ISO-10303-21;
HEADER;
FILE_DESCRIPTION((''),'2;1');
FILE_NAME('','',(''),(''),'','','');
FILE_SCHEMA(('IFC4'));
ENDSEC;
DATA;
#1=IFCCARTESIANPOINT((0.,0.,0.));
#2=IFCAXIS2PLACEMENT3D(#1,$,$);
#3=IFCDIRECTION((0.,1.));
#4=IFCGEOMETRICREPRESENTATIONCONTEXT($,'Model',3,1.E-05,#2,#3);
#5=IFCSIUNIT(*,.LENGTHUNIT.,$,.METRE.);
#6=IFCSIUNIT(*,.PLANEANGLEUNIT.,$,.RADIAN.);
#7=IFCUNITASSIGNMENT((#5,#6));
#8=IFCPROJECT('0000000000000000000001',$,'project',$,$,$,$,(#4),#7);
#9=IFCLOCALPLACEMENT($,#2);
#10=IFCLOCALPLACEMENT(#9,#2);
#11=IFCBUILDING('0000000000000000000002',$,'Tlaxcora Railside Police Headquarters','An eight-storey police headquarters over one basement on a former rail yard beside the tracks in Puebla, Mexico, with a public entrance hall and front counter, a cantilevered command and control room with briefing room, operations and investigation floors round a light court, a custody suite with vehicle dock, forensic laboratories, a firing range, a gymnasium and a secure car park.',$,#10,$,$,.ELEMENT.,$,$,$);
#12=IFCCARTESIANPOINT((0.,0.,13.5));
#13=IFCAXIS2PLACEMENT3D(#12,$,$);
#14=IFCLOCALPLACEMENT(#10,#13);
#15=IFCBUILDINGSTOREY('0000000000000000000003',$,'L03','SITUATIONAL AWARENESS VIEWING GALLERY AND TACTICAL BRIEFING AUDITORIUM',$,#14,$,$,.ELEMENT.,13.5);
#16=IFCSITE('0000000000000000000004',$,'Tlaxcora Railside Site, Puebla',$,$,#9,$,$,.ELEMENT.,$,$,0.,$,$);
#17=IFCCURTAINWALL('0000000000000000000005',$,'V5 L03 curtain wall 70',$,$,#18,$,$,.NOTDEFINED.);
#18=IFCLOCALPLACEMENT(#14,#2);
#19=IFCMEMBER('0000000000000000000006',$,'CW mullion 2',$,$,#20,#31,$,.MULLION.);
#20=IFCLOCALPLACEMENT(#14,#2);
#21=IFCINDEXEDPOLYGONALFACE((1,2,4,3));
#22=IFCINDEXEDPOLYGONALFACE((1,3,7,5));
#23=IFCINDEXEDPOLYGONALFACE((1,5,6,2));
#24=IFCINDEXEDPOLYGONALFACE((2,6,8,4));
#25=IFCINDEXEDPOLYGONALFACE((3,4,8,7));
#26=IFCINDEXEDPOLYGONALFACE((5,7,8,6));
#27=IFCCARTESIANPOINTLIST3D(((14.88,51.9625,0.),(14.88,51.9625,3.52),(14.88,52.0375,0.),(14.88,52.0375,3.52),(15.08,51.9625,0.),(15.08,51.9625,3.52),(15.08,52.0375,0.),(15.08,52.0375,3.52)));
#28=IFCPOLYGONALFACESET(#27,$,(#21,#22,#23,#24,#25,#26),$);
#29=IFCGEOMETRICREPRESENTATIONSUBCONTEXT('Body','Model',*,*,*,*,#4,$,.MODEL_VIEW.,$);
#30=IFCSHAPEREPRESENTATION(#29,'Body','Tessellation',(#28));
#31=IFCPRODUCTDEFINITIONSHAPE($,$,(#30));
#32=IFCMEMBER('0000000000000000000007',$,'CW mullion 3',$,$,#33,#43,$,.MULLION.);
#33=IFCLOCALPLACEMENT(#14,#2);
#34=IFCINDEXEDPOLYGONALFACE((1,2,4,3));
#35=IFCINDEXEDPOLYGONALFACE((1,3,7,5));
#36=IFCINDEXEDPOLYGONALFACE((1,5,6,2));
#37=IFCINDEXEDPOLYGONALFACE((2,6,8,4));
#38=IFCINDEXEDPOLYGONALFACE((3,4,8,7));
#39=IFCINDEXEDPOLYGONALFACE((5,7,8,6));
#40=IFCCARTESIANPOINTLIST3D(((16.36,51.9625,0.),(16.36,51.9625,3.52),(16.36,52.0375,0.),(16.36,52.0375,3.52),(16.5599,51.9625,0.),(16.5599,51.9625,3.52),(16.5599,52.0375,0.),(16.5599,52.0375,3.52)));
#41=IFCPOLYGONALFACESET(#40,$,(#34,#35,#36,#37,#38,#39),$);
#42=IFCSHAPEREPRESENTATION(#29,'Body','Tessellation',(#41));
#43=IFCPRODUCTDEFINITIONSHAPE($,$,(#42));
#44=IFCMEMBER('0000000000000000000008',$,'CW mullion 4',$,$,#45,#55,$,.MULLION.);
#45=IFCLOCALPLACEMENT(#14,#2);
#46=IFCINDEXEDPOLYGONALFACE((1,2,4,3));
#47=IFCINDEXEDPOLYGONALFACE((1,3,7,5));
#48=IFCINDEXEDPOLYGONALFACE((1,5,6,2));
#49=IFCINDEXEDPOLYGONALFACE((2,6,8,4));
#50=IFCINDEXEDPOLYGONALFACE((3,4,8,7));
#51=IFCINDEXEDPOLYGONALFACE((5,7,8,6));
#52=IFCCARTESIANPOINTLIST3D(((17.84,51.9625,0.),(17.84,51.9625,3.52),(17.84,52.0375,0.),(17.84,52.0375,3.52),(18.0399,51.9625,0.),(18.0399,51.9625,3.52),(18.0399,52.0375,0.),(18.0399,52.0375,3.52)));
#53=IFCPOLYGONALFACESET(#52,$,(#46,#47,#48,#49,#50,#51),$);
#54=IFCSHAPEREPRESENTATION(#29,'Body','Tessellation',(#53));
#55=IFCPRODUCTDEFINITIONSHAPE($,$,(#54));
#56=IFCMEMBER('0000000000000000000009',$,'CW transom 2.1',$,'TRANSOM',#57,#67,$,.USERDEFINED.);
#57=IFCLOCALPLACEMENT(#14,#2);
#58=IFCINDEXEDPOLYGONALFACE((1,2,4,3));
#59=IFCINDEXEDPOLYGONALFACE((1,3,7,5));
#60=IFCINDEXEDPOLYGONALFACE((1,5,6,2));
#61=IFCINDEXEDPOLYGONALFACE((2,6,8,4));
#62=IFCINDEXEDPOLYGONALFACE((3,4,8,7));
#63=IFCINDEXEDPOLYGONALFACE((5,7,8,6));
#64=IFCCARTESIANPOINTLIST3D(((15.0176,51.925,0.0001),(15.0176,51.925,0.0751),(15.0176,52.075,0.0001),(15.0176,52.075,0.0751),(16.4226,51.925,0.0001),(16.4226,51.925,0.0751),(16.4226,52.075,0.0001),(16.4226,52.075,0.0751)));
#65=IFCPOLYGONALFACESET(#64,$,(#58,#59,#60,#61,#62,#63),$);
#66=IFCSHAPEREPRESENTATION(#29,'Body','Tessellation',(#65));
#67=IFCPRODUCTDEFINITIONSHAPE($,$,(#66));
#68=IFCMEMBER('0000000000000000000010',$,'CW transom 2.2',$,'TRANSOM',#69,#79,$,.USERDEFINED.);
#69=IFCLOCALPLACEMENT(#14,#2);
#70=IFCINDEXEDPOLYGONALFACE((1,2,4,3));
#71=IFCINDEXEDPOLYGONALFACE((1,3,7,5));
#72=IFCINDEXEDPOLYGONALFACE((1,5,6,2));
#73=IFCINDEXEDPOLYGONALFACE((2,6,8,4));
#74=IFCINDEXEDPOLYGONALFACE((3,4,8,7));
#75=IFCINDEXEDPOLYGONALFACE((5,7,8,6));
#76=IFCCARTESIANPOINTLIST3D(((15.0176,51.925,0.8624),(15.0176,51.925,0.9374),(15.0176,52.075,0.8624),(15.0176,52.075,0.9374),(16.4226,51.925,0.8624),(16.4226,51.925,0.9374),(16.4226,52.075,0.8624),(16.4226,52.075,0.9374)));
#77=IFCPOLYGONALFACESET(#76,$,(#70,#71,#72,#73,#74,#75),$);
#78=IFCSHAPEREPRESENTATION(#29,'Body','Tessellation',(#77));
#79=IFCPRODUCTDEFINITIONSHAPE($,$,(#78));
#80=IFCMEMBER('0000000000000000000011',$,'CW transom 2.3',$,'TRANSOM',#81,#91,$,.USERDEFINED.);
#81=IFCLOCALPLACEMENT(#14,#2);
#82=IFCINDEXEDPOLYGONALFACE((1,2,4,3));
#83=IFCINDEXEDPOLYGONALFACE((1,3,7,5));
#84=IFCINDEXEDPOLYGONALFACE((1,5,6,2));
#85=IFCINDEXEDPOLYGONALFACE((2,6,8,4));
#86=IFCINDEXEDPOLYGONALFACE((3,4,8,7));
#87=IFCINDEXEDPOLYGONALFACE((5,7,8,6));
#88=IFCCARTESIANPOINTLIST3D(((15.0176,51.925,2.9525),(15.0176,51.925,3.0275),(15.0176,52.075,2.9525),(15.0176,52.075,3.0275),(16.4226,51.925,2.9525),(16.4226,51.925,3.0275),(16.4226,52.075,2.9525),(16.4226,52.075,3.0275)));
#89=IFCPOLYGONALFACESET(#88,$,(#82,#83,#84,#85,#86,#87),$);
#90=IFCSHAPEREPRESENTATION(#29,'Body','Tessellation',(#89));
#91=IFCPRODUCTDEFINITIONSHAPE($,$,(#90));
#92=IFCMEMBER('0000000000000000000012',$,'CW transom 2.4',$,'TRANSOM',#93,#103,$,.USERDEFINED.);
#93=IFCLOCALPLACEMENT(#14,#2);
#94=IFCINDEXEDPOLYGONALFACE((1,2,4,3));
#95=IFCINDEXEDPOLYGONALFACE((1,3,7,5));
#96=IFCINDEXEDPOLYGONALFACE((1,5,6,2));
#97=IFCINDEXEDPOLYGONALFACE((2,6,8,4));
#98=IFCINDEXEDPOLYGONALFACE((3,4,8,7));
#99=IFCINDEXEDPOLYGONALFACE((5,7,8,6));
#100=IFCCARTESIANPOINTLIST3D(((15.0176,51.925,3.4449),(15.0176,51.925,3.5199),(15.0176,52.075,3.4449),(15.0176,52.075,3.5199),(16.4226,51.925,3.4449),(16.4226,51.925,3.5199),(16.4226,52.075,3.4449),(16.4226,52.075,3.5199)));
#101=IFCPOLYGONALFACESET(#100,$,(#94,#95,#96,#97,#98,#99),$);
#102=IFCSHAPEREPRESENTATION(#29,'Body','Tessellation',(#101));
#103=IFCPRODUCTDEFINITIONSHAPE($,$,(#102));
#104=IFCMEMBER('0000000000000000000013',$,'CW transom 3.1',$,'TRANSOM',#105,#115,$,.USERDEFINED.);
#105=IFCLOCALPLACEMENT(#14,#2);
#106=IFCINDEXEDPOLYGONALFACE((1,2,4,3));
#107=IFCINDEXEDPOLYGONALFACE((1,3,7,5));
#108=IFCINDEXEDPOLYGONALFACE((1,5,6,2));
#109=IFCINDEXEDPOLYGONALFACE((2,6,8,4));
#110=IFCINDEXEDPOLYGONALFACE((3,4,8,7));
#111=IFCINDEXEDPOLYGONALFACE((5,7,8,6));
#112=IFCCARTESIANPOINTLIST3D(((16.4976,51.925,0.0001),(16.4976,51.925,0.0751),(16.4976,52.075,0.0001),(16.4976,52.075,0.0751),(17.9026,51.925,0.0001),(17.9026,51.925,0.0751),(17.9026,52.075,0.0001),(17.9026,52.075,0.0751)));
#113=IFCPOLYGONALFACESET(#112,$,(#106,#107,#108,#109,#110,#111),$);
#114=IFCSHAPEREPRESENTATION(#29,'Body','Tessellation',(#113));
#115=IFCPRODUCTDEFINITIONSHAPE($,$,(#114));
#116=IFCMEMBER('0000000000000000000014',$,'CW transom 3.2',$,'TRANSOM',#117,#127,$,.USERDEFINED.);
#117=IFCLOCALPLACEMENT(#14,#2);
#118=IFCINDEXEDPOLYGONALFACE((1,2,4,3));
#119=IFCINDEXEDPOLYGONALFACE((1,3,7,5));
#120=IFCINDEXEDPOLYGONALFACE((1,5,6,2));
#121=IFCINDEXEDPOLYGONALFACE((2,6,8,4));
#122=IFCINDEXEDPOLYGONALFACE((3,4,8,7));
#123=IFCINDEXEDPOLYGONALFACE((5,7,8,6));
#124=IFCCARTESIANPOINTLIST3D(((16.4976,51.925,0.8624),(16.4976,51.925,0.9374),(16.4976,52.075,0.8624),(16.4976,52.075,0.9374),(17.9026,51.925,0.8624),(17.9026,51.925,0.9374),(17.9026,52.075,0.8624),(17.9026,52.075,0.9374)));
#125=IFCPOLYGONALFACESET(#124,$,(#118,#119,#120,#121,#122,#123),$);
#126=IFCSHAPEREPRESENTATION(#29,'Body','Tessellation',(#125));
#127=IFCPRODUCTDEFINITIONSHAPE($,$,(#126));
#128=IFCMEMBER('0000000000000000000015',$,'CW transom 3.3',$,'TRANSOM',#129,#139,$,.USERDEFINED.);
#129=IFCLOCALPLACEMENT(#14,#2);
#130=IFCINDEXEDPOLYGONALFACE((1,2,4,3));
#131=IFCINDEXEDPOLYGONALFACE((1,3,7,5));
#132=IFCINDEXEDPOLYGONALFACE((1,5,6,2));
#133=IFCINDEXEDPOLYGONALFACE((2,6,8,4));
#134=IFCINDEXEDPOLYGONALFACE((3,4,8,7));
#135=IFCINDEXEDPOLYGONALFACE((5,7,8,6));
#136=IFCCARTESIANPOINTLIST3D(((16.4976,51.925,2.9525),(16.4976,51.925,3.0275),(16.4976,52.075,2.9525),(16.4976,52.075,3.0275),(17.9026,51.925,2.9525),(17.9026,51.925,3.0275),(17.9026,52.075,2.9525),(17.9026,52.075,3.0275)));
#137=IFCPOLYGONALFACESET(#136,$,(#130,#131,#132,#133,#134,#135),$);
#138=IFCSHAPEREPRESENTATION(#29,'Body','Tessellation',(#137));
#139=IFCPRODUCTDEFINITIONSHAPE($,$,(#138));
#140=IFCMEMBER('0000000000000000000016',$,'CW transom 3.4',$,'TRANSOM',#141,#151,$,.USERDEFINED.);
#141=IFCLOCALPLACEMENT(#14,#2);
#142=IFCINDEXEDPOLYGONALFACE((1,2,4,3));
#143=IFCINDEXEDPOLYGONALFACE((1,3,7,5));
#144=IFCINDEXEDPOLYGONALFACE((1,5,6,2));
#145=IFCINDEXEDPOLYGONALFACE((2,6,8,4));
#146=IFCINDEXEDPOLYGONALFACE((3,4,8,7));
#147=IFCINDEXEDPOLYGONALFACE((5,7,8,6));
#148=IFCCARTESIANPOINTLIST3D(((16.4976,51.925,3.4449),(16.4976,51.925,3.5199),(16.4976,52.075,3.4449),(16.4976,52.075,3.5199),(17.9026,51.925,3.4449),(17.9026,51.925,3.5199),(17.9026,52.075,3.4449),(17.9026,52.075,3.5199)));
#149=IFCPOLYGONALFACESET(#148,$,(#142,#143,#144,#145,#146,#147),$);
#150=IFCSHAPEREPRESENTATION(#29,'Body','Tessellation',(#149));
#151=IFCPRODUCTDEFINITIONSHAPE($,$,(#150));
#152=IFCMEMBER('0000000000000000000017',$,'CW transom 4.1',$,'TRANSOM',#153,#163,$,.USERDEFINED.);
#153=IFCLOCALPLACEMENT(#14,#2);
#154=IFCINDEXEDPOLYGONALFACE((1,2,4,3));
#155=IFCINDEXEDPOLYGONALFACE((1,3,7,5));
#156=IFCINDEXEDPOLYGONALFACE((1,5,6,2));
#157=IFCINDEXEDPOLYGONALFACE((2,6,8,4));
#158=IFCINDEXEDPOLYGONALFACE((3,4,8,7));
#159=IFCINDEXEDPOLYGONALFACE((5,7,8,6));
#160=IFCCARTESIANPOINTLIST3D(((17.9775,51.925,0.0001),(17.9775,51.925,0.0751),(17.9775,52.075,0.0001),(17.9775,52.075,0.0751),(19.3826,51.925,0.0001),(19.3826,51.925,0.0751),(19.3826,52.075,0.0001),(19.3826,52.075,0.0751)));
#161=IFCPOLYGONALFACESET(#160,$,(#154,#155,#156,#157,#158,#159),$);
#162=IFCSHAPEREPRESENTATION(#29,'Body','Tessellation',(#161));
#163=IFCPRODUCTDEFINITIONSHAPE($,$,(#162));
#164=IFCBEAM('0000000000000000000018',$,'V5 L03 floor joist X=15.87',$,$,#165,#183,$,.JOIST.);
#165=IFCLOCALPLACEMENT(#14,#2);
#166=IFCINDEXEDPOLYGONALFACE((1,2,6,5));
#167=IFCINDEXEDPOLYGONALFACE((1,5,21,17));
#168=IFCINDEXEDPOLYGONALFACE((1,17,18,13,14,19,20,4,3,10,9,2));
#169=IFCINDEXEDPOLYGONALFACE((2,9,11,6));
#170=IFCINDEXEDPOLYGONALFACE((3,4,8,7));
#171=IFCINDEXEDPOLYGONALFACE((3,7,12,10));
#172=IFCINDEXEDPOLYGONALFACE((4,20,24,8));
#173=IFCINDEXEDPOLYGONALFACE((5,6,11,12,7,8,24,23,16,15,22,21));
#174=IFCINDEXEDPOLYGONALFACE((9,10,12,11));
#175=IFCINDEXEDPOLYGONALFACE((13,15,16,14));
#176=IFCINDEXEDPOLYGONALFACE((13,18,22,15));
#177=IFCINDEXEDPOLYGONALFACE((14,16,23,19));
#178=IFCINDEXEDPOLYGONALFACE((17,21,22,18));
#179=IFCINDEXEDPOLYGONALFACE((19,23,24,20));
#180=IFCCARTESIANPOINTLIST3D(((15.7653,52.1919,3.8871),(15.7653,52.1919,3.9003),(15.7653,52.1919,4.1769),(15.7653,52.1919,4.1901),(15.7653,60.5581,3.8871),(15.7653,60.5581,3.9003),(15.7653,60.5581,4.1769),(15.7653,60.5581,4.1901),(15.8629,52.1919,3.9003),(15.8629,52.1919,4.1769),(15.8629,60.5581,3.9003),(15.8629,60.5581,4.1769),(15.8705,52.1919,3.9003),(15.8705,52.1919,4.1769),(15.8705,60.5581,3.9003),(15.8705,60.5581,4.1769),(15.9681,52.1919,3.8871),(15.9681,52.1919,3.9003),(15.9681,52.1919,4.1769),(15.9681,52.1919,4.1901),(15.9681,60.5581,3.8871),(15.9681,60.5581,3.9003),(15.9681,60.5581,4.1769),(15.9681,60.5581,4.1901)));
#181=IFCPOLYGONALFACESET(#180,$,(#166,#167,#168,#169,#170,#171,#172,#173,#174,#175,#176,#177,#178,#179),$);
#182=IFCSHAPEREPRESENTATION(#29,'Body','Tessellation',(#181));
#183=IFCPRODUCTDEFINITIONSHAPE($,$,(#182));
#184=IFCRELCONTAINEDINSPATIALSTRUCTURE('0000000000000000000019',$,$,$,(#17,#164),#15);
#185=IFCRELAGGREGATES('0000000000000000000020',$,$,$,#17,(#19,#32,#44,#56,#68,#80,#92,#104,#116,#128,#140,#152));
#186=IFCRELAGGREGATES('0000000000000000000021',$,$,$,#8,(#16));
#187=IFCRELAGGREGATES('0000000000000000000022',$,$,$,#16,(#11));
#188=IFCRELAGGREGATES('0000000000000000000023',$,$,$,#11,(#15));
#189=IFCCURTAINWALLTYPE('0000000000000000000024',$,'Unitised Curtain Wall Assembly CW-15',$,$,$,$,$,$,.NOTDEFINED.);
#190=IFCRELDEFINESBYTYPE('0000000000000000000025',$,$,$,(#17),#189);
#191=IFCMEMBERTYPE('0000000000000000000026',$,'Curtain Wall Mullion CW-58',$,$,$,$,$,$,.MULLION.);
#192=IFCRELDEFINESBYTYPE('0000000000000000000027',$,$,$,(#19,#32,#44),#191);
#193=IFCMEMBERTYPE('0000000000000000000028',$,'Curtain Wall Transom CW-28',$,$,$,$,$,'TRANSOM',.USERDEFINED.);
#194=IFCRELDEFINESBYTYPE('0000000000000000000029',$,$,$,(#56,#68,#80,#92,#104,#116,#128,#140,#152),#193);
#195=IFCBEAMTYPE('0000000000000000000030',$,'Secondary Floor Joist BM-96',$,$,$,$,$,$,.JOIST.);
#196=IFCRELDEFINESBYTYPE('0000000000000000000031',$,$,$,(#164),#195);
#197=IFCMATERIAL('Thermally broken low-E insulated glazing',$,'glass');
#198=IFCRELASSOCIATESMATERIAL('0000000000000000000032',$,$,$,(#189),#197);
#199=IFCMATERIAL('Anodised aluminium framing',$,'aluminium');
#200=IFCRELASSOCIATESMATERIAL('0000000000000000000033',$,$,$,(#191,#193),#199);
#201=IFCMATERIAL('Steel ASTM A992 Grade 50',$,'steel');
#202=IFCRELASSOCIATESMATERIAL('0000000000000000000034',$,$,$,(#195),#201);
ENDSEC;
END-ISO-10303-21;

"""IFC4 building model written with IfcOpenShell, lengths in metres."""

from ifc_helpers import new_model, si_unit, direction, frame, origin, origin_2d, place, context, subcontext, project, spatial, rectangle, i_section, extrude, material, material_profile, profile_set, type_object, element, aggregate, save


model = new_model("IFC4")

# Units and contexts
model_context = context("Model", 3, precision=1e-05, world=origin(), true_north=direction((0.0, 1.0)))
body_context = subcontext(model_context, "Body", "Model", "MODEL_VIEW")
ifc_project = project(units=[si_unit("LENGTHUNIT", "METRE"), si_unit("PLANEANGLEUNIT", "RADIAN")], contexts=[model_context])

# Site, building, storey
site_placement = place(None, origin())
site = spatial("IfcSite", under=ifc_project, at=site_placement, Name="Tlaxcora Railside Site, Puebla", CompositionType="ELEMENT", RefElevation=0.0)
building_placement = place(site_placement, origin())
building = spatial("IfcBuilding", under=site, at=building_placement, Name="Tlaxcora Railside Police Headquarters", Description="An eight-storey police headquarters over one basement on a former rail yard beside the tracks in Puebla, Mexico, with a public entrance hall and front counter, a cantilevered command and control room with briefing room, operations and investigation floors round a light court, a custody suite with vehicle dock, forensic laboratories, a firing range, a gymnasium and a secure car park.", CompositionType="ELEMENT")
storey_placement = place(building_placement, frame((0.0, 0.0, 13.5)))
storey = spatial("IfcBuildingStorey", under=building, at=storey_placement, Name="L03", Description="SITUATIONAL AWARENESS VIEWING GALLERY AND TACTICAL BRIEFING AUDITORIUM", CompositionType="ELEMENT", Elevation=13.5)

# Curtain wall, members
ifc_material_1 = material(Name="Thermally broken low-E insulated glazing", Category="glass")
curtain_wall_type = type_object("IfcCurtainWallType", Name="Unitised Curtain Wall Assembly CW-15", PredefinedType="NOTDEFINED", material=ifc_material_1)
curtain_wall_placement = place(storey_placement, origin())
curtain_wall = element("IfcCurtainWall", 1, at=curtain_wall_placement, inside=storey, type_object=curtain_wall_type, Name="V5 L03 curtain wall 70", PredefinedType="NOTDEFINED")
ifc_material_2 = material(Name="Anodised aluminium framing", Category="aluminium")
ifc_material_profile_1 = material_profile(ifc_material_2, rectangle(XDim=0.075, YDim=0.2, at=origin_2d()), Name="AL75X200")
ifc_profile_set_1 = profile_set([ifc_material_profile_1], Name="Anodised aluminium framing")
member_type_1 = type_object("IfcMemberType", Name="Curtain Wall Mullion CW-58", PredefinedType="MULLION", material=ifc_profile_set_1)
member_1_placement = place(storey_placement, frame((14.98, 52.0, 0.0), z_axis=(0.0, 0.0, 1.0), x_axis=(0.0, 1.0, 0.0)))
member_1 = element("IfcMember", 2, at=member_1_placement, type_object=member_type_1, Name="CW mullion 2", PredefinedType="MULLION", context=body_context, shape_type="SweptSolid", body=[
    extrude(rectangle(XDim=0.075, YDim=0.2, at=origin_2d()), origin(), (0.0, 0.0, 1.0), 3.52),
])
member_2_placement = place(storey_placement, frame((16.46, 52.0, 0.0), z_axis=(0.0, 0.0, 1.0), x_axis=(0.0, 1.0, 0.0)))
member_2 = element("IfcMember", 3, at=member_2_placement, type_object=member_type_1, Name="CW mullion 3", PredefinedType="MULLION", context=body_context, shape_type="SweptSolid", body=[
    extrude(rectangle(XDim=0.075, YDim=0.2, at=origin_2d()), origin(), (0.0, 0.0, 1.0), 3.52),
])
member_3_placement = place(storey_placement, frame((17.9399, 52.0, 0.0), z_axis=(0.0, 0.0, 1.0), x_axis=(0.0, 1.0, 0.0)))
member_3 = element("IfcMember", 4, at=member_3_placement, type_object=member_type_1, Name="CW mullion 4", PredefinedType="MULLION", context=body_context, shape_type="SweptSolid", body=[
    extrude(rectangle(XDim=0.075, YDim=0.2, at=origin_2d()), origin(), (0.0, 0.0, 1.0), 3.52),
])
ifc_material_profile_2 = material_profile(ifc_material_2, rectangle(XDim=0.1499, YDim=0.075, at=origin_2d()), Name="AL75X150")
ifc_profile_set_2 = profile_set([ifc_material_profile_2], Name="Anodised aluminium framing")
member_type_2 = type_object("IfcMemberType", Name="Curtain Wall Transom CW-28", ElementType="TRANSOM", PredefinedType="USERDEFINED", material=ifc_profile_set_2)
member_4_placement = place(storey_placement, frame((15.0176, 52.0, 0.0376), z_axis=(1.0, 0.0, 0.0), x_axis=(0.0, 1.0, 0.0)))
member_4 = element("IfcMember", 5, at=member_4_placement, type_object=member_type_2, Name="CW transom 2.1", ObjectType="TRANSOM", PredefinedType="USERDEFINED", context=body_context, shape_type="SweptSolid", body=[
    extrude(rectangle(XDim=0.1499, YDim=0.075, at=origin_2d()), origin(), (0.0, 0.0, 1.0), 1.405),
])
member_5_placement = place(storey_placement, frame((15.0176, 52.0, 0.8999), z_axis=(1.0, 0.0, 0.0), x_axis=(0.0, 1.0, 0.0)))
member_5 = element("IfcMember", 6, at=member_5_placement, type_object=member_type_2, Name="CW transom 2.2", ObjectType="TRANSOM", PredefinedType="USERDEFINED", context=body_context, shape_type="SweptSolid", body=[
    extrude(rectangle(XDim=0.1499, YDim=0.075, at=origin_2d()), origin(), (0.0, 0.0, 1.0), 1.405),
])
member_6_placement = place(storey_placement, frame((15.0176, 52.0, 2.99), z_axis=(1.0, 0.0, 0.0), x_axis=(0.0, 1.0, 0.0)))
member_6 = element("IfcMember", 7, at=member_6_placement, type_object=member_type_2, Name="CW transom 2.3", ObjectType="TRANSOM", PredefinedType="USERDEFINED", context=body_context, shape_type="SweptSolid", body=[
    extrude(rectangle(XDim=0.1499, YDim=0.075, at=origin_2d()), origin(), (0.0, 0.0, 1.0), 1.405),
])
member_7_placement = place(storey_placement, frame((15.0176, 52.0, 3.4824), z_axis=(1.0, 0.0, 0.0), x_axis=(0.0, 1.0, 0.0)))
member_7 = element("IfcMember", 8, at=member_7_placement, type_object=member_type_2, Name="CW transom 2.4", ObjectType="TRANSOM", PredefinedType="USERDEFINED", context=body_context, shape_type="SweptSolid", body=[
    extrude(rectangle(XDim=0.1499, YDim=0.075, at=origin_2d()), origin(), (0.0, 0.0, 1.0), 1.405),
])
member_8_placement = place(storey_placement, frame((16.4976, 52.0, 0.0376), z_axis=(1.0, 0.0, 0.0), x_axis=(0.0, 1.0, 0.0)))
member_8 = element("IfcMember", 9, at=member_8_placement, type_object=member_type_2, Name="CW transom 3.1", ObjectType="TRANSOM", PredefinedType="USERDEFINED", context=body_context, shape_type="SweptSolid", body=[
    extrude(rectangle(XDim=0.1499, YDim=0.075, at=origin_2d()), origin(), (0.0, 0.0, 1.0), 1.405),
])
member_9_placement = place(storey_placement, frame((16.4976, 52.0, 0.8999), z_axis=(1.0, 0.0, 0.0), x_axis=(0.0, 1.0, 0.0)))
member_9 = element("IfcMember", 10, at=member_9_placement, type_object=member_type_2, Name="CW transom 3.2", ObjectType="TRANSOM", PredefinedType="USERDEFINED", context=body_context, shape_type="SweptSolid", body=[
    extrude(rectangle(XDim=0.1499, YDim=0.075, at=origin_2d()), origin(), (0.0, 0.0, 1.0), 1.405),
])
member_10_placement = place(storey_placement, frame((16.4976, 52.0, 2.99), z_axis=(1.0, 0.0, 0.0), x_axis=(0.0, 1.0, 0.0)))
member_10 = element("IfcMember", 11, at=member_10_placement, type_object=member_type_2, Name="CW transom 3.3", ObjectType="TRANSOM", PredefinedType="USERDEFINED", context=body_context, shape_type="SweptSolid", body=[
    extrude(rectangle(XDim=0.1499, YDim=0.075, at=origin_2d()), origin(), (0.0, 0.0, 1.0), 1.405),
])
member_11_placement = place(storey_placement, frame((16.4976, 52.0, 3.4824), z_axis=(1.0, 0.0, 0.0), x_axis=(0.0, 1.0, 0.0)))
member_11 = element("IfcMember", 12, at=member_11_placement, type_object=member_type_2, Name="CW transom 3.4", ObjectType="TRANSOM", PredefinedType="USERDEFINED", context=body_context, shape_type="SweptSolid", body=[
    extrude(rectangle(XDim=0.1499, YDim=0.075, at=origin_2d()), origin(), (0.0, 0.0, 1.0), 1.405),
])
member_12_placement = place(storey_placement, frame((17.9775, 52.0, 0.0376), z_axis=(1.0, 0.0, 0.0), x_axis=(0.0, 1.0, 0.0)))
member_12 = element("IfcMember", 13, at=member_12_placement, type_object=member_type_2, Name="CW transom 4.1", ObjectType="TRANSOM", PredefinedType="USERDEFINED", context=body_context, shape_type="SweptSolid", body=[
    extrude(rectangle(XDim=0.1499, YDim=0.075, at=origin_2d()), origin(), (0.0, 0.0, 1.0), 1.405),
])

# Beam
ifc_material_3 = material(Name="Steel ASTM A992 Grade 50", Category="steel")
ifc_material_profile_3 = material_profile(ifc_material_3, i_section(OverallWidth=0.2029, OverallDepth=0.303, WebThickness=0.0076, FlangeThickness=0.0132, at=origin_2d()), Name="W12X40")
ifc_profile_set_3 = profile_set([ifc_material_profile_3], Name="Steel ASTM A992 Grade 50")
beam_type = type_object("IfcBeamType", Name="Secondary Floor Joist BM-96", PredefinedType="JOIST", material=ifc_profile_set_3)
beam_placement = place(storey_placement, frame((15.8667, 52.1919, 4.0386), z_axis=(0.0, 1.0, 0.0), x_axis=(-1.0, 0.0, 0.0)))
element("IfcBeam", 14, at=beam_placement, inside=storey, type_object=beam_type, Name="V5 L03 floor joist X=15.87", PredefinedType="JOIST", context=body_context, shape_type="SweptSolid", body=[
    extrude(i_section(OverallWidth=0.2029, OverallDepth=0.303, WebThickness=0.0076, FlangeThickness=0.0132, at=origin_2d()), origin(), (0.0, 0.0, 1.0), 8.3662),
])

aggregate(curtain_wall, [member_1, member_2, member_3, member_4, member_5, member_6, member_7, member_8, member_9, member_10, member_11, member_12])

save(model, "model.ifc")
